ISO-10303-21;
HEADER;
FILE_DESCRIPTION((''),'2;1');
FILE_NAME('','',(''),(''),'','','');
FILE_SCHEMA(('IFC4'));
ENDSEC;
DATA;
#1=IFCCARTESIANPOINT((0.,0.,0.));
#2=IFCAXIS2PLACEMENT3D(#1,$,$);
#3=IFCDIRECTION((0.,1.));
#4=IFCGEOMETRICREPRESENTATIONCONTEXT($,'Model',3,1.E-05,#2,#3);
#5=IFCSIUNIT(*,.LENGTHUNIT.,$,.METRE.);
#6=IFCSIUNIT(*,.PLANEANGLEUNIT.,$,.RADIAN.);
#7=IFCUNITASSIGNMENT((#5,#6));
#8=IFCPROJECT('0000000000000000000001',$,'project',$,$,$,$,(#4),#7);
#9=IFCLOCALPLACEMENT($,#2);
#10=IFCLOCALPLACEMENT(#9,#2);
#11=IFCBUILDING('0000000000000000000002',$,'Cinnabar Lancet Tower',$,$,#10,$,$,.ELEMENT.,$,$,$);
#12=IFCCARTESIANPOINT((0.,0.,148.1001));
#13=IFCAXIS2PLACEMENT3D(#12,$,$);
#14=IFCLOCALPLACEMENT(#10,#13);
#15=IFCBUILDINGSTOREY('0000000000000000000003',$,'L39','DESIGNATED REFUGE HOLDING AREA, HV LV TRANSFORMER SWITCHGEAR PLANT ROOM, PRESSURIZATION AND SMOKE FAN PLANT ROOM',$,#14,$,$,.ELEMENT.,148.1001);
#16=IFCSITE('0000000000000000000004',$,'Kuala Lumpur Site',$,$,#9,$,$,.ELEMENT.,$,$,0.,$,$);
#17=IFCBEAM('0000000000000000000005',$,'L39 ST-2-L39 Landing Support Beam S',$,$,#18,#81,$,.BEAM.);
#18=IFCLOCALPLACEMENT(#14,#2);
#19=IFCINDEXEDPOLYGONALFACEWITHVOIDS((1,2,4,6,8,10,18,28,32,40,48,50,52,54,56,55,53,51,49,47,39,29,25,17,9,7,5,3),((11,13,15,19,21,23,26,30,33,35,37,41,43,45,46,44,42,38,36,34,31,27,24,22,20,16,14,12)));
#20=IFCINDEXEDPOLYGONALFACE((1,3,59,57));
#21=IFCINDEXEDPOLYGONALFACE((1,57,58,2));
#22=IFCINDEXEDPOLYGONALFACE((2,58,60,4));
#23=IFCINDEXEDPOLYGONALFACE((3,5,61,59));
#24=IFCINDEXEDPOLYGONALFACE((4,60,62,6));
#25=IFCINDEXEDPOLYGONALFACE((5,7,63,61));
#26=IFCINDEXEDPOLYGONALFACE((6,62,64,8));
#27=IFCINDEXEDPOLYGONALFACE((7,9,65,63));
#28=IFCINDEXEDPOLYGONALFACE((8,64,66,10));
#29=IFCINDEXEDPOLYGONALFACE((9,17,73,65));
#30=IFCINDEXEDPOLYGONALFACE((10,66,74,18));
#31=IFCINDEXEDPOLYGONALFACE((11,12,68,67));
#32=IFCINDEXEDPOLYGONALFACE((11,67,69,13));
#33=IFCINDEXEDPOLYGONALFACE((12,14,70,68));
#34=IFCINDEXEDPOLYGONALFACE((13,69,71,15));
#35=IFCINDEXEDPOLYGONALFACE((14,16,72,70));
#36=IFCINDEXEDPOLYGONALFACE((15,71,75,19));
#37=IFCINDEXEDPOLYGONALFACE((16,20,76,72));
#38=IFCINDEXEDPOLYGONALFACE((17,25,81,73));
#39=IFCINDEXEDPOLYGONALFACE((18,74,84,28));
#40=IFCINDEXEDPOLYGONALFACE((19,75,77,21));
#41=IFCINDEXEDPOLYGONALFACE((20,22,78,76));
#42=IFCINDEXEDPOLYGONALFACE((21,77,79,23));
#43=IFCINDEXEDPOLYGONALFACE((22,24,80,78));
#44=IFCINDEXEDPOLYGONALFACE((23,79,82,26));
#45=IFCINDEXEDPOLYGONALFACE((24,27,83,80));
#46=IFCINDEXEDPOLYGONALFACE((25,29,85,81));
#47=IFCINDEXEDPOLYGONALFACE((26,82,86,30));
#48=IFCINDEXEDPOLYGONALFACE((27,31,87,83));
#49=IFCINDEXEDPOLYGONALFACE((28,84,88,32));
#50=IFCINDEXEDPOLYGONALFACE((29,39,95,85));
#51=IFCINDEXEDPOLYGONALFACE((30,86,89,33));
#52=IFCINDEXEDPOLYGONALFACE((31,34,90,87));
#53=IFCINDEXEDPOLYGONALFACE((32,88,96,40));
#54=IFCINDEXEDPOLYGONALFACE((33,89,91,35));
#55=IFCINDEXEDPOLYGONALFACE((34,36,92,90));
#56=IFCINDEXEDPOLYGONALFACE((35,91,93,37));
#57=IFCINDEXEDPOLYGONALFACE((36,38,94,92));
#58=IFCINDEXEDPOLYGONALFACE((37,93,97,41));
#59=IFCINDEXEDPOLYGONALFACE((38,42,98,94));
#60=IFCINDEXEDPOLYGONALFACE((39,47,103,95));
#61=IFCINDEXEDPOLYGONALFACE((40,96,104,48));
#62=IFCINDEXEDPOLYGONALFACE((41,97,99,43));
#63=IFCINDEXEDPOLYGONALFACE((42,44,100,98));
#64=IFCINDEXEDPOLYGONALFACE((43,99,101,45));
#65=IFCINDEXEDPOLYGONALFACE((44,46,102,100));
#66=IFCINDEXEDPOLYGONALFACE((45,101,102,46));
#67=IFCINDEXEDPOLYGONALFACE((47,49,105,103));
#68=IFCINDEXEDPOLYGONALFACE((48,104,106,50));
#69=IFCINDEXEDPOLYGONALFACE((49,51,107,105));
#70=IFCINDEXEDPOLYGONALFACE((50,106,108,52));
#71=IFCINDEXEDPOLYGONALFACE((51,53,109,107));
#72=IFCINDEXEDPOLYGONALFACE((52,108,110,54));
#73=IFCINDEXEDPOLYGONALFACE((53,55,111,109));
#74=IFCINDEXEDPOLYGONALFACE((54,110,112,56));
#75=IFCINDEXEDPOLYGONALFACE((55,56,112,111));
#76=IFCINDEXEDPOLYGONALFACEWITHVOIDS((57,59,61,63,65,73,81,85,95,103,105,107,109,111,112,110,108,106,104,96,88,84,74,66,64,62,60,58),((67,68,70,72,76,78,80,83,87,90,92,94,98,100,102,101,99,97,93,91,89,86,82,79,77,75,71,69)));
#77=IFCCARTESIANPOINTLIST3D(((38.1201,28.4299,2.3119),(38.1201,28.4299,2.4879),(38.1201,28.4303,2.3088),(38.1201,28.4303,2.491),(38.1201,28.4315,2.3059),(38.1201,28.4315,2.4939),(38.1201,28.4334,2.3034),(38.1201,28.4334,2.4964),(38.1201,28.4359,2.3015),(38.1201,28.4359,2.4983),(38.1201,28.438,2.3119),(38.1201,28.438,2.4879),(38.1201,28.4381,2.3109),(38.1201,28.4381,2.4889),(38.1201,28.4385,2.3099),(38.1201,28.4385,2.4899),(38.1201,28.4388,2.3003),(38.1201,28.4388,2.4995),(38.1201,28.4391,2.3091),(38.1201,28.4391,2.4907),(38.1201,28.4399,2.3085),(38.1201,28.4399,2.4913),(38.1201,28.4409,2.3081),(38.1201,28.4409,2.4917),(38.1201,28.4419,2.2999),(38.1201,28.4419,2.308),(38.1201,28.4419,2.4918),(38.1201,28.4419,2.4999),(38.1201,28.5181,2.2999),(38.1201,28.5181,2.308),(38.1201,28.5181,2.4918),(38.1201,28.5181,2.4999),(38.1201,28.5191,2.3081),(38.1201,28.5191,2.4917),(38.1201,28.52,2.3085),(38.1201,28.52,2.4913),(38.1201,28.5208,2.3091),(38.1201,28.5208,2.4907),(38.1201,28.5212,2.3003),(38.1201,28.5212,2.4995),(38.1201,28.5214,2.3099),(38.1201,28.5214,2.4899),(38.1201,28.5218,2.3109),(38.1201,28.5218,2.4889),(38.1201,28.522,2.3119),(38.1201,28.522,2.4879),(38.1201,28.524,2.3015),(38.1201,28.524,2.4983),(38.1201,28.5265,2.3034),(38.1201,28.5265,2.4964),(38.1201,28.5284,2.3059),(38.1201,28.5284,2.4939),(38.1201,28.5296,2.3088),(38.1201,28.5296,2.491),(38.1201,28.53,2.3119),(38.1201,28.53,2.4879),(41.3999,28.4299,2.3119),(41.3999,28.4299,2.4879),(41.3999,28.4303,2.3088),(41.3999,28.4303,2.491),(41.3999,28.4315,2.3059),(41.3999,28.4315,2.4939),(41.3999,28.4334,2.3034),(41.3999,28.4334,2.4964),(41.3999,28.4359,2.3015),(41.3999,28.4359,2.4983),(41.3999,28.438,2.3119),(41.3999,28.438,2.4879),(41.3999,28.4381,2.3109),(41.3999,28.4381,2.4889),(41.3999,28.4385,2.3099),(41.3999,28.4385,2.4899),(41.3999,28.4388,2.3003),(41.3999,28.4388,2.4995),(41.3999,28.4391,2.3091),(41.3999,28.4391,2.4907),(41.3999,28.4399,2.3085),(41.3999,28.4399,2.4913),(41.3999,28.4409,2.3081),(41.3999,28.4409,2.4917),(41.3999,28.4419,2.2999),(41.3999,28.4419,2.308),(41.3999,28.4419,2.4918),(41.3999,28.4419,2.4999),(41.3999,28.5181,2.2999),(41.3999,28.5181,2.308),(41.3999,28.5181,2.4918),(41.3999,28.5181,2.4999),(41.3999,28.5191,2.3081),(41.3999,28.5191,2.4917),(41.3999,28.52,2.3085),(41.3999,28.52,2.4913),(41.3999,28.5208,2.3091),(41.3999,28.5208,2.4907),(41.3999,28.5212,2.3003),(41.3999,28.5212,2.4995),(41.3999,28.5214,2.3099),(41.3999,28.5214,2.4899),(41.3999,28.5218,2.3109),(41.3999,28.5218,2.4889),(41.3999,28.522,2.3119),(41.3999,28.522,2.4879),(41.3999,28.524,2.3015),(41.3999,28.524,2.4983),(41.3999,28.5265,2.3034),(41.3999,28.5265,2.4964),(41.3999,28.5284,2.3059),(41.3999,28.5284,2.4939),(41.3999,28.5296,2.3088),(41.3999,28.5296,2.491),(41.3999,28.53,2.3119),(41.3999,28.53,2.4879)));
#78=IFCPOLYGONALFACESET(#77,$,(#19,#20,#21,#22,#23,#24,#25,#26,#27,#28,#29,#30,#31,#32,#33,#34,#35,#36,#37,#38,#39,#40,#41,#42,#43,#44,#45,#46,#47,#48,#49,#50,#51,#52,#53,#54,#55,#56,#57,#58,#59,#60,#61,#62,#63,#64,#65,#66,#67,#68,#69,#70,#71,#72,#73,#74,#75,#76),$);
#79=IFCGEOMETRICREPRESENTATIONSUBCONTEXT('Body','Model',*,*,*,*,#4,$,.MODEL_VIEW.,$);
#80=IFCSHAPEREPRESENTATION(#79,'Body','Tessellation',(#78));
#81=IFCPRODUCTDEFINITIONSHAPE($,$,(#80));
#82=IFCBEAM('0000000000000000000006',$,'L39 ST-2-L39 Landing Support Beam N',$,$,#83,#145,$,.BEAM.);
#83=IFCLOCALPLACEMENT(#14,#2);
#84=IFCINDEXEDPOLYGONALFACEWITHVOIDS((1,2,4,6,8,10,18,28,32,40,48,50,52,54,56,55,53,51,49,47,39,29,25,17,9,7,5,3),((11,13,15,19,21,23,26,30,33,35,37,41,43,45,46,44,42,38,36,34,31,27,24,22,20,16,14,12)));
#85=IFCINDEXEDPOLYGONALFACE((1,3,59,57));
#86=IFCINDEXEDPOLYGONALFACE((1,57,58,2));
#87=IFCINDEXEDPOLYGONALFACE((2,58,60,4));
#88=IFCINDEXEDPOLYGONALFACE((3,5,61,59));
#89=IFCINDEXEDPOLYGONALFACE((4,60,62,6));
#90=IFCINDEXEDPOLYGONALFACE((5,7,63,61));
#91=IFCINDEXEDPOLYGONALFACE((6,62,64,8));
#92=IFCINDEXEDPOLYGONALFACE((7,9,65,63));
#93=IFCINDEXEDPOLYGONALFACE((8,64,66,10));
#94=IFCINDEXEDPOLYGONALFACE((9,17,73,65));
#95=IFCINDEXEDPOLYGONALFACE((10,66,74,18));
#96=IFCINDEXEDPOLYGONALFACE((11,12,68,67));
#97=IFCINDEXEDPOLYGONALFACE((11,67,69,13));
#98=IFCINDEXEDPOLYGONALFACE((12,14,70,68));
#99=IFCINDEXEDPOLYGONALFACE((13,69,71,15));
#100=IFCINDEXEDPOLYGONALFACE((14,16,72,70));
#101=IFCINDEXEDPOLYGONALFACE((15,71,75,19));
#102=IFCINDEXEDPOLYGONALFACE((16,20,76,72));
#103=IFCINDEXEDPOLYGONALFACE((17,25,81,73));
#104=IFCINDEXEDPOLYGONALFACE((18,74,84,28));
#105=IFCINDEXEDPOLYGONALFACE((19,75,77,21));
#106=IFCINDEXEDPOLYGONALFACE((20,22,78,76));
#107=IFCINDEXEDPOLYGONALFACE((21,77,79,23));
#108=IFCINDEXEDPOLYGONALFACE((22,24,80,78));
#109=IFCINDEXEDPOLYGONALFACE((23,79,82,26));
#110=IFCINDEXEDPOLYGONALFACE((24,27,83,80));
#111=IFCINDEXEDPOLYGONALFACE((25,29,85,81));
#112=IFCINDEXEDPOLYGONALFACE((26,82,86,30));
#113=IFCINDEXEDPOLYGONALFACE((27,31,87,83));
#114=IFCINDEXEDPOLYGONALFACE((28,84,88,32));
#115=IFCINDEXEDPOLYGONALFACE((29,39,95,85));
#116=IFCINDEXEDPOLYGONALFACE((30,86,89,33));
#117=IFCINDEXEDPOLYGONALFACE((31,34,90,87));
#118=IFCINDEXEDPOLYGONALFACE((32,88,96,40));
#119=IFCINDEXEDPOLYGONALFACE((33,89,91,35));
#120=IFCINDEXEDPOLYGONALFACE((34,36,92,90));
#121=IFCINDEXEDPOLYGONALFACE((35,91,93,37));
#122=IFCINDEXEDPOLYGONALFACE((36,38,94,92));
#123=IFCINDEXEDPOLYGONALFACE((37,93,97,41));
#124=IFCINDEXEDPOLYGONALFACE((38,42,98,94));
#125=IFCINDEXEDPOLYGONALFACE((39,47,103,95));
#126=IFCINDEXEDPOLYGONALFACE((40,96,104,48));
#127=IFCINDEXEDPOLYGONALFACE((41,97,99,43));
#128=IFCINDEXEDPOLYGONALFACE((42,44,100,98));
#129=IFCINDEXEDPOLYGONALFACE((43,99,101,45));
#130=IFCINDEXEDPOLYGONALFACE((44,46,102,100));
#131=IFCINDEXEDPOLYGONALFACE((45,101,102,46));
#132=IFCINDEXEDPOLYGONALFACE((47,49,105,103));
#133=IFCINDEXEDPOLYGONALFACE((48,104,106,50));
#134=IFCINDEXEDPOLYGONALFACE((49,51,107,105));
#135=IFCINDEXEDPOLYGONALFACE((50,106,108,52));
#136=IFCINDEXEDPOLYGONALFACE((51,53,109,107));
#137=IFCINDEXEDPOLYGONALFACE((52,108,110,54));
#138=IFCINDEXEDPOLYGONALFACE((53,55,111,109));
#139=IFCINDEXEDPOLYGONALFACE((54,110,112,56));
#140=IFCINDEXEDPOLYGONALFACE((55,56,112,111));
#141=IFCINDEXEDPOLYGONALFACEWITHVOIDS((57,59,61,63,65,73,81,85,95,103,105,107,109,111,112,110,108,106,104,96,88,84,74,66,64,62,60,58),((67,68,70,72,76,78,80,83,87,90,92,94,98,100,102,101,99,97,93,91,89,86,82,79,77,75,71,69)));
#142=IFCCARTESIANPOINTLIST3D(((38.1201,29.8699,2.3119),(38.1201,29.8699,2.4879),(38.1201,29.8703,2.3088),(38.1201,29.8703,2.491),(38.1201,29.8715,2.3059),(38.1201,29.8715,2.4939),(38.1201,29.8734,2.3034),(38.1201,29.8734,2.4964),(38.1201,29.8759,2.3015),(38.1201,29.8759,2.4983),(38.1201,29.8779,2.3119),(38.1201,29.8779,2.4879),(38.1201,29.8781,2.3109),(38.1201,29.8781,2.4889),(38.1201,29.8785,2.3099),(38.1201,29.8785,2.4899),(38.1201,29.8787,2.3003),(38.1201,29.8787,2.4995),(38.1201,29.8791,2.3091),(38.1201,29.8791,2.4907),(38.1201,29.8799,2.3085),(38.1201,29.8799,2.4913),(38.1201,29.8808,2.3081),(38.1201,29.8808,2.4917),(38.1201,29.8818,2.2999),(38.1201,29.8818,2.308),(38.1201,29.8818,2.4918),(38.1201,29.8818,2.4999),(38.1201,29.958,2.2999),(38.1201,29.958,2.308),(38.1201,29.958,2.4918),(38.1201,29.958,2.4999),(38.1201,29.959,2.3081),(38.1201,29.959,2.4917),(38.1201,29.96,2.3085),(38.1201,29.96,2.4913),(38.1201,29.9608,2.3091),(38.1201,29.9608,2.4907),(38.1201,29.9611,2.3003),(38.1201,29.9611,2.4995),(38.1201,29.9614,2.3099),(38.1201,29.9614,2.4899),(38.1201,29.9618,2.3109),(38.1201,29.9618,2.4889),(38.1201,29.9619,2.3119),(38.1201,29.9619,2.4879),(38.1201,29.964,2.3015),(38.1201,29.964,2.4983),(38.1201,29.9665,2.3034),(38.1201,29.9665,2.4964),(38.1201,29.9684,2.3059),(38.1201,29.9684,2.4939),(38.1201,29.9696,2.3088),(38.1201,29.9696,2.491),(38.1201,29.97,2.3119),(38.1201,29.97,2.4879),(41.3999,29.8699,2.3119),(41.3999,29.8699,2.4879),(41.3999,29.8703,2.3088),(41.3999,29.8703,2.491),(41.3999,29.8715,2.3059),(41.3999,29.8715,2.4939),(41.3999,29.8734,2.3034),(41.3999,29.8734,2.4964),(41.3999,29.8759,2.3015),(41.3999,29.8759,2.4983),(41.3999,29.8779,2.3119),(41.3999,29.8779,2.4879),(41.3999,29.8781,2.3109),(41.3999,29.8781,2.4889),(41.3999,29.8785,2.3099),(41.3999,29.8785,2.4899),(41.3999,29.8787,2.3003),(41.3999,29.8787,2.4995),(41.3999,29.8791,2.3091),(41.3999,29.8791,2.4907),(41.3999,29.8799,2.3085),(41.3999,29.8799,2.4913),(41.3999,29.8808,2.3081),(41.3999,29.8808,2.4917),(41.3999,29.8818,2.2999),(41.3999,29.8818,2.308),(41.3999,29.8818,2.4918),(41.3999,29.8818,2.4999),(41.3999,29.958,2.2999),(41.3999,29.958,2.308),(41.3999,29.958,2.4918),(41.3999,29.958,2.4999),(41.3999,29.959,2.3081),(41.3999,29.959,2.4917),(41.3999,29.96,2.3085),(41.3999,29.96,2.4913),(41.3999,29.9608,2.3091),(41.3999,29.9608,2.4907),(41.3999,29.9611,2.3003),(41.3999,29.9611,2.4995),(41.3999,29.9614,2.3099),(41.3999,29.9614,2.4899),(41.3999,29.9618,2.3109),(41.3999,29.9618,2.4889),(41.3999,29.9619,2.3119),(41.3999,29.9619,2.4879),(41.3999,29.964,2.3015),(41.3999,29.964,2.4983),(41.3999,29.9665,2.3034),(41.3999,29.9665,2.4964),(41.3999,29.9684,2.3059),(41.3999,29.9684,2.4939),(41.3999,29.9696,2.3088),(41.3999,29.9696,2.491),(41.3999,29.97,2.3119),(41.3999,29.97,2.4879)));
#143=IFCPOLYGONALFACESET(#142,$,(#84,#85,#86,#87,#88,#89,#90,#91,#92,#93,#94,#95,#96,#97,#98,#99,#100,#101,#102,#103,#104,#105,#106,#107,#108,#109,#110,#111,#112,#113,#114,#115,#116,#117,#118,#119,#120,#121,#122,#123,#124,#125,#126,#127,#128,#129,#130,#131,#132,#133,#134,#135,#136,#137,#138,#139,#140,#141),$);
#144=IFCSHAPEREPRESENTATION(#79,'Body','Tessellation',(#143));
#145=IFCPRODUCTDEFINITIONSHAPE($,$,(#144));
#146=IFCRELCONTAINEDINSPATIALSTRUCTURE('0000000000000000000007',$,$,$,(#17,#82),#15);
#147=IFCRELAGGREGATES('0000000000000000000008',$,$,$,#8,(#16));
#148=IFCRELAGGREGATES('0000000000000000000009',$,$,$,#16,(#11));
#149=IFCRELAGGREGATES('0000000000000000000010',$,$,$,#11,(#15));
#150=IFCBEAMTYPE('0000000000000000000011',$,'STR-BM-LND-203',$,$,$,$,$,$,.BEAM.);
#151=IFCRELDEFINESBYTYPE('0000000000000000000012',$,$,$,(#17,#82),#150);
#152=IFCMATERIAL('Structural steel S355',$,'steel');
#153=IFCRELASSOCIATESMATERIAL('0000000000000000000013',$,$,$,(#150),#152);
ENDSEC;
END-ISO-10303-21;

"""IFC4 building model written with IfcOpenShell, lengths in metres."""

from ifc_helpers import new_model, si_unit, direction, frame, origin, origin_2d, place, context, subcontext, project, spatial, hollow_rectangle, extrude, material, material_profile, profile_set, type_object, element, save


model = new_model("IFC4")

# Units and contexts
model_context = context("Model", 3, precision=1e-05, world=origin(), true_north=direction((0.0, 1.0)))
body_context = subcontext(model_context, "Body", "Model", "MODEL_VIEW")
ifc_project = project(units=[si_unit("LENGTHUNIT", "METRE"), si_unit("PLANEANGLEUNIT", "RADIAN")], contexts=[model_context])

# Site, building, storey
site_placement = place(None, origin())
site = spatial("IfcSite", under=ifc_project, at=site_placement, Name="Kuala Lumpur Site", CompositionType="ELEMENT", RefElevation=0.0)
building_placement = place(site_placement, origin())
building = spatial("IfcBuilding", under=site, at=building_placement, Name="Cinnabar Lancet Tower", CompositionType="ELEMENT")
storey_placement = place(building_placement, frame((0.0, 0.0, 148.1001)))
storey = spatial("IfcBuildingStorey", under=building, at=storey_placement, Name="L39", Description="DESIGNATED REFUGE HOLDING AREA, HV LV TRANSFORMER SWITCHGEAR PLANT ROOM, PRESSURIZATION AND SMOKE FAN PLANT ROOM", CompositionType="ELEMENT", Elevation=148.1001)

# Beams
ifc_material_1 = material(Name="Structural steel S355", Category="steel")
ifc_material_profile = material_profile(ifc_material_1, hollow_rectangle(XDim=0.1001, YDim=0.2, WallThickness=0.0081, InnerFilletRadius=0.0039, OuterFilletRadius=0.012, at=origin_2d()), Name="RHS 200x100x8")
ifc_profile_set = profile_set([ifc_material_profile], Name="Structural steel S355")
beam_type = type_object("IfcBeamType", Name="STR-BM-LND-203", PredefinedType="BEAM", material=ifc_profile_set)
for number, where, z_axis, x_axis, name in (
    (1, (38.1201, 28.48, 2.3999), (1.0, 0.0, 0.0), (0.0, 1.0, 0.0), "L39 ST-2-L39 Landing Support Beam S"),
    (2, (38.1201, 29.9199, 2.3999), (1.0, 0.0, 0.0), (0.0, 1.0, 0.0), "L39 ST-2-L39 Landing Support Beam N"),
):
    element("IfcBeam", number, at=place(storey_placement, frame(where, z_axis=z_axis, x_axis=x_axis)), inside=storey, type_object=beam_type, Name=name, PredefinedType="BEAM", context=body_context, shape_type="SweptSolid", body=[
        extrude(hollow_rectangle(XDim=0.1001, YDim=0.2, WallThickness=0.0081, InnerFilletRadius=0.0039, OuterFilletRadius=0.012, at=origin_2d()), origin(), (0.0, 0.0, 1.0), 3.2798),
    ])

save(model, "model.ifc")
